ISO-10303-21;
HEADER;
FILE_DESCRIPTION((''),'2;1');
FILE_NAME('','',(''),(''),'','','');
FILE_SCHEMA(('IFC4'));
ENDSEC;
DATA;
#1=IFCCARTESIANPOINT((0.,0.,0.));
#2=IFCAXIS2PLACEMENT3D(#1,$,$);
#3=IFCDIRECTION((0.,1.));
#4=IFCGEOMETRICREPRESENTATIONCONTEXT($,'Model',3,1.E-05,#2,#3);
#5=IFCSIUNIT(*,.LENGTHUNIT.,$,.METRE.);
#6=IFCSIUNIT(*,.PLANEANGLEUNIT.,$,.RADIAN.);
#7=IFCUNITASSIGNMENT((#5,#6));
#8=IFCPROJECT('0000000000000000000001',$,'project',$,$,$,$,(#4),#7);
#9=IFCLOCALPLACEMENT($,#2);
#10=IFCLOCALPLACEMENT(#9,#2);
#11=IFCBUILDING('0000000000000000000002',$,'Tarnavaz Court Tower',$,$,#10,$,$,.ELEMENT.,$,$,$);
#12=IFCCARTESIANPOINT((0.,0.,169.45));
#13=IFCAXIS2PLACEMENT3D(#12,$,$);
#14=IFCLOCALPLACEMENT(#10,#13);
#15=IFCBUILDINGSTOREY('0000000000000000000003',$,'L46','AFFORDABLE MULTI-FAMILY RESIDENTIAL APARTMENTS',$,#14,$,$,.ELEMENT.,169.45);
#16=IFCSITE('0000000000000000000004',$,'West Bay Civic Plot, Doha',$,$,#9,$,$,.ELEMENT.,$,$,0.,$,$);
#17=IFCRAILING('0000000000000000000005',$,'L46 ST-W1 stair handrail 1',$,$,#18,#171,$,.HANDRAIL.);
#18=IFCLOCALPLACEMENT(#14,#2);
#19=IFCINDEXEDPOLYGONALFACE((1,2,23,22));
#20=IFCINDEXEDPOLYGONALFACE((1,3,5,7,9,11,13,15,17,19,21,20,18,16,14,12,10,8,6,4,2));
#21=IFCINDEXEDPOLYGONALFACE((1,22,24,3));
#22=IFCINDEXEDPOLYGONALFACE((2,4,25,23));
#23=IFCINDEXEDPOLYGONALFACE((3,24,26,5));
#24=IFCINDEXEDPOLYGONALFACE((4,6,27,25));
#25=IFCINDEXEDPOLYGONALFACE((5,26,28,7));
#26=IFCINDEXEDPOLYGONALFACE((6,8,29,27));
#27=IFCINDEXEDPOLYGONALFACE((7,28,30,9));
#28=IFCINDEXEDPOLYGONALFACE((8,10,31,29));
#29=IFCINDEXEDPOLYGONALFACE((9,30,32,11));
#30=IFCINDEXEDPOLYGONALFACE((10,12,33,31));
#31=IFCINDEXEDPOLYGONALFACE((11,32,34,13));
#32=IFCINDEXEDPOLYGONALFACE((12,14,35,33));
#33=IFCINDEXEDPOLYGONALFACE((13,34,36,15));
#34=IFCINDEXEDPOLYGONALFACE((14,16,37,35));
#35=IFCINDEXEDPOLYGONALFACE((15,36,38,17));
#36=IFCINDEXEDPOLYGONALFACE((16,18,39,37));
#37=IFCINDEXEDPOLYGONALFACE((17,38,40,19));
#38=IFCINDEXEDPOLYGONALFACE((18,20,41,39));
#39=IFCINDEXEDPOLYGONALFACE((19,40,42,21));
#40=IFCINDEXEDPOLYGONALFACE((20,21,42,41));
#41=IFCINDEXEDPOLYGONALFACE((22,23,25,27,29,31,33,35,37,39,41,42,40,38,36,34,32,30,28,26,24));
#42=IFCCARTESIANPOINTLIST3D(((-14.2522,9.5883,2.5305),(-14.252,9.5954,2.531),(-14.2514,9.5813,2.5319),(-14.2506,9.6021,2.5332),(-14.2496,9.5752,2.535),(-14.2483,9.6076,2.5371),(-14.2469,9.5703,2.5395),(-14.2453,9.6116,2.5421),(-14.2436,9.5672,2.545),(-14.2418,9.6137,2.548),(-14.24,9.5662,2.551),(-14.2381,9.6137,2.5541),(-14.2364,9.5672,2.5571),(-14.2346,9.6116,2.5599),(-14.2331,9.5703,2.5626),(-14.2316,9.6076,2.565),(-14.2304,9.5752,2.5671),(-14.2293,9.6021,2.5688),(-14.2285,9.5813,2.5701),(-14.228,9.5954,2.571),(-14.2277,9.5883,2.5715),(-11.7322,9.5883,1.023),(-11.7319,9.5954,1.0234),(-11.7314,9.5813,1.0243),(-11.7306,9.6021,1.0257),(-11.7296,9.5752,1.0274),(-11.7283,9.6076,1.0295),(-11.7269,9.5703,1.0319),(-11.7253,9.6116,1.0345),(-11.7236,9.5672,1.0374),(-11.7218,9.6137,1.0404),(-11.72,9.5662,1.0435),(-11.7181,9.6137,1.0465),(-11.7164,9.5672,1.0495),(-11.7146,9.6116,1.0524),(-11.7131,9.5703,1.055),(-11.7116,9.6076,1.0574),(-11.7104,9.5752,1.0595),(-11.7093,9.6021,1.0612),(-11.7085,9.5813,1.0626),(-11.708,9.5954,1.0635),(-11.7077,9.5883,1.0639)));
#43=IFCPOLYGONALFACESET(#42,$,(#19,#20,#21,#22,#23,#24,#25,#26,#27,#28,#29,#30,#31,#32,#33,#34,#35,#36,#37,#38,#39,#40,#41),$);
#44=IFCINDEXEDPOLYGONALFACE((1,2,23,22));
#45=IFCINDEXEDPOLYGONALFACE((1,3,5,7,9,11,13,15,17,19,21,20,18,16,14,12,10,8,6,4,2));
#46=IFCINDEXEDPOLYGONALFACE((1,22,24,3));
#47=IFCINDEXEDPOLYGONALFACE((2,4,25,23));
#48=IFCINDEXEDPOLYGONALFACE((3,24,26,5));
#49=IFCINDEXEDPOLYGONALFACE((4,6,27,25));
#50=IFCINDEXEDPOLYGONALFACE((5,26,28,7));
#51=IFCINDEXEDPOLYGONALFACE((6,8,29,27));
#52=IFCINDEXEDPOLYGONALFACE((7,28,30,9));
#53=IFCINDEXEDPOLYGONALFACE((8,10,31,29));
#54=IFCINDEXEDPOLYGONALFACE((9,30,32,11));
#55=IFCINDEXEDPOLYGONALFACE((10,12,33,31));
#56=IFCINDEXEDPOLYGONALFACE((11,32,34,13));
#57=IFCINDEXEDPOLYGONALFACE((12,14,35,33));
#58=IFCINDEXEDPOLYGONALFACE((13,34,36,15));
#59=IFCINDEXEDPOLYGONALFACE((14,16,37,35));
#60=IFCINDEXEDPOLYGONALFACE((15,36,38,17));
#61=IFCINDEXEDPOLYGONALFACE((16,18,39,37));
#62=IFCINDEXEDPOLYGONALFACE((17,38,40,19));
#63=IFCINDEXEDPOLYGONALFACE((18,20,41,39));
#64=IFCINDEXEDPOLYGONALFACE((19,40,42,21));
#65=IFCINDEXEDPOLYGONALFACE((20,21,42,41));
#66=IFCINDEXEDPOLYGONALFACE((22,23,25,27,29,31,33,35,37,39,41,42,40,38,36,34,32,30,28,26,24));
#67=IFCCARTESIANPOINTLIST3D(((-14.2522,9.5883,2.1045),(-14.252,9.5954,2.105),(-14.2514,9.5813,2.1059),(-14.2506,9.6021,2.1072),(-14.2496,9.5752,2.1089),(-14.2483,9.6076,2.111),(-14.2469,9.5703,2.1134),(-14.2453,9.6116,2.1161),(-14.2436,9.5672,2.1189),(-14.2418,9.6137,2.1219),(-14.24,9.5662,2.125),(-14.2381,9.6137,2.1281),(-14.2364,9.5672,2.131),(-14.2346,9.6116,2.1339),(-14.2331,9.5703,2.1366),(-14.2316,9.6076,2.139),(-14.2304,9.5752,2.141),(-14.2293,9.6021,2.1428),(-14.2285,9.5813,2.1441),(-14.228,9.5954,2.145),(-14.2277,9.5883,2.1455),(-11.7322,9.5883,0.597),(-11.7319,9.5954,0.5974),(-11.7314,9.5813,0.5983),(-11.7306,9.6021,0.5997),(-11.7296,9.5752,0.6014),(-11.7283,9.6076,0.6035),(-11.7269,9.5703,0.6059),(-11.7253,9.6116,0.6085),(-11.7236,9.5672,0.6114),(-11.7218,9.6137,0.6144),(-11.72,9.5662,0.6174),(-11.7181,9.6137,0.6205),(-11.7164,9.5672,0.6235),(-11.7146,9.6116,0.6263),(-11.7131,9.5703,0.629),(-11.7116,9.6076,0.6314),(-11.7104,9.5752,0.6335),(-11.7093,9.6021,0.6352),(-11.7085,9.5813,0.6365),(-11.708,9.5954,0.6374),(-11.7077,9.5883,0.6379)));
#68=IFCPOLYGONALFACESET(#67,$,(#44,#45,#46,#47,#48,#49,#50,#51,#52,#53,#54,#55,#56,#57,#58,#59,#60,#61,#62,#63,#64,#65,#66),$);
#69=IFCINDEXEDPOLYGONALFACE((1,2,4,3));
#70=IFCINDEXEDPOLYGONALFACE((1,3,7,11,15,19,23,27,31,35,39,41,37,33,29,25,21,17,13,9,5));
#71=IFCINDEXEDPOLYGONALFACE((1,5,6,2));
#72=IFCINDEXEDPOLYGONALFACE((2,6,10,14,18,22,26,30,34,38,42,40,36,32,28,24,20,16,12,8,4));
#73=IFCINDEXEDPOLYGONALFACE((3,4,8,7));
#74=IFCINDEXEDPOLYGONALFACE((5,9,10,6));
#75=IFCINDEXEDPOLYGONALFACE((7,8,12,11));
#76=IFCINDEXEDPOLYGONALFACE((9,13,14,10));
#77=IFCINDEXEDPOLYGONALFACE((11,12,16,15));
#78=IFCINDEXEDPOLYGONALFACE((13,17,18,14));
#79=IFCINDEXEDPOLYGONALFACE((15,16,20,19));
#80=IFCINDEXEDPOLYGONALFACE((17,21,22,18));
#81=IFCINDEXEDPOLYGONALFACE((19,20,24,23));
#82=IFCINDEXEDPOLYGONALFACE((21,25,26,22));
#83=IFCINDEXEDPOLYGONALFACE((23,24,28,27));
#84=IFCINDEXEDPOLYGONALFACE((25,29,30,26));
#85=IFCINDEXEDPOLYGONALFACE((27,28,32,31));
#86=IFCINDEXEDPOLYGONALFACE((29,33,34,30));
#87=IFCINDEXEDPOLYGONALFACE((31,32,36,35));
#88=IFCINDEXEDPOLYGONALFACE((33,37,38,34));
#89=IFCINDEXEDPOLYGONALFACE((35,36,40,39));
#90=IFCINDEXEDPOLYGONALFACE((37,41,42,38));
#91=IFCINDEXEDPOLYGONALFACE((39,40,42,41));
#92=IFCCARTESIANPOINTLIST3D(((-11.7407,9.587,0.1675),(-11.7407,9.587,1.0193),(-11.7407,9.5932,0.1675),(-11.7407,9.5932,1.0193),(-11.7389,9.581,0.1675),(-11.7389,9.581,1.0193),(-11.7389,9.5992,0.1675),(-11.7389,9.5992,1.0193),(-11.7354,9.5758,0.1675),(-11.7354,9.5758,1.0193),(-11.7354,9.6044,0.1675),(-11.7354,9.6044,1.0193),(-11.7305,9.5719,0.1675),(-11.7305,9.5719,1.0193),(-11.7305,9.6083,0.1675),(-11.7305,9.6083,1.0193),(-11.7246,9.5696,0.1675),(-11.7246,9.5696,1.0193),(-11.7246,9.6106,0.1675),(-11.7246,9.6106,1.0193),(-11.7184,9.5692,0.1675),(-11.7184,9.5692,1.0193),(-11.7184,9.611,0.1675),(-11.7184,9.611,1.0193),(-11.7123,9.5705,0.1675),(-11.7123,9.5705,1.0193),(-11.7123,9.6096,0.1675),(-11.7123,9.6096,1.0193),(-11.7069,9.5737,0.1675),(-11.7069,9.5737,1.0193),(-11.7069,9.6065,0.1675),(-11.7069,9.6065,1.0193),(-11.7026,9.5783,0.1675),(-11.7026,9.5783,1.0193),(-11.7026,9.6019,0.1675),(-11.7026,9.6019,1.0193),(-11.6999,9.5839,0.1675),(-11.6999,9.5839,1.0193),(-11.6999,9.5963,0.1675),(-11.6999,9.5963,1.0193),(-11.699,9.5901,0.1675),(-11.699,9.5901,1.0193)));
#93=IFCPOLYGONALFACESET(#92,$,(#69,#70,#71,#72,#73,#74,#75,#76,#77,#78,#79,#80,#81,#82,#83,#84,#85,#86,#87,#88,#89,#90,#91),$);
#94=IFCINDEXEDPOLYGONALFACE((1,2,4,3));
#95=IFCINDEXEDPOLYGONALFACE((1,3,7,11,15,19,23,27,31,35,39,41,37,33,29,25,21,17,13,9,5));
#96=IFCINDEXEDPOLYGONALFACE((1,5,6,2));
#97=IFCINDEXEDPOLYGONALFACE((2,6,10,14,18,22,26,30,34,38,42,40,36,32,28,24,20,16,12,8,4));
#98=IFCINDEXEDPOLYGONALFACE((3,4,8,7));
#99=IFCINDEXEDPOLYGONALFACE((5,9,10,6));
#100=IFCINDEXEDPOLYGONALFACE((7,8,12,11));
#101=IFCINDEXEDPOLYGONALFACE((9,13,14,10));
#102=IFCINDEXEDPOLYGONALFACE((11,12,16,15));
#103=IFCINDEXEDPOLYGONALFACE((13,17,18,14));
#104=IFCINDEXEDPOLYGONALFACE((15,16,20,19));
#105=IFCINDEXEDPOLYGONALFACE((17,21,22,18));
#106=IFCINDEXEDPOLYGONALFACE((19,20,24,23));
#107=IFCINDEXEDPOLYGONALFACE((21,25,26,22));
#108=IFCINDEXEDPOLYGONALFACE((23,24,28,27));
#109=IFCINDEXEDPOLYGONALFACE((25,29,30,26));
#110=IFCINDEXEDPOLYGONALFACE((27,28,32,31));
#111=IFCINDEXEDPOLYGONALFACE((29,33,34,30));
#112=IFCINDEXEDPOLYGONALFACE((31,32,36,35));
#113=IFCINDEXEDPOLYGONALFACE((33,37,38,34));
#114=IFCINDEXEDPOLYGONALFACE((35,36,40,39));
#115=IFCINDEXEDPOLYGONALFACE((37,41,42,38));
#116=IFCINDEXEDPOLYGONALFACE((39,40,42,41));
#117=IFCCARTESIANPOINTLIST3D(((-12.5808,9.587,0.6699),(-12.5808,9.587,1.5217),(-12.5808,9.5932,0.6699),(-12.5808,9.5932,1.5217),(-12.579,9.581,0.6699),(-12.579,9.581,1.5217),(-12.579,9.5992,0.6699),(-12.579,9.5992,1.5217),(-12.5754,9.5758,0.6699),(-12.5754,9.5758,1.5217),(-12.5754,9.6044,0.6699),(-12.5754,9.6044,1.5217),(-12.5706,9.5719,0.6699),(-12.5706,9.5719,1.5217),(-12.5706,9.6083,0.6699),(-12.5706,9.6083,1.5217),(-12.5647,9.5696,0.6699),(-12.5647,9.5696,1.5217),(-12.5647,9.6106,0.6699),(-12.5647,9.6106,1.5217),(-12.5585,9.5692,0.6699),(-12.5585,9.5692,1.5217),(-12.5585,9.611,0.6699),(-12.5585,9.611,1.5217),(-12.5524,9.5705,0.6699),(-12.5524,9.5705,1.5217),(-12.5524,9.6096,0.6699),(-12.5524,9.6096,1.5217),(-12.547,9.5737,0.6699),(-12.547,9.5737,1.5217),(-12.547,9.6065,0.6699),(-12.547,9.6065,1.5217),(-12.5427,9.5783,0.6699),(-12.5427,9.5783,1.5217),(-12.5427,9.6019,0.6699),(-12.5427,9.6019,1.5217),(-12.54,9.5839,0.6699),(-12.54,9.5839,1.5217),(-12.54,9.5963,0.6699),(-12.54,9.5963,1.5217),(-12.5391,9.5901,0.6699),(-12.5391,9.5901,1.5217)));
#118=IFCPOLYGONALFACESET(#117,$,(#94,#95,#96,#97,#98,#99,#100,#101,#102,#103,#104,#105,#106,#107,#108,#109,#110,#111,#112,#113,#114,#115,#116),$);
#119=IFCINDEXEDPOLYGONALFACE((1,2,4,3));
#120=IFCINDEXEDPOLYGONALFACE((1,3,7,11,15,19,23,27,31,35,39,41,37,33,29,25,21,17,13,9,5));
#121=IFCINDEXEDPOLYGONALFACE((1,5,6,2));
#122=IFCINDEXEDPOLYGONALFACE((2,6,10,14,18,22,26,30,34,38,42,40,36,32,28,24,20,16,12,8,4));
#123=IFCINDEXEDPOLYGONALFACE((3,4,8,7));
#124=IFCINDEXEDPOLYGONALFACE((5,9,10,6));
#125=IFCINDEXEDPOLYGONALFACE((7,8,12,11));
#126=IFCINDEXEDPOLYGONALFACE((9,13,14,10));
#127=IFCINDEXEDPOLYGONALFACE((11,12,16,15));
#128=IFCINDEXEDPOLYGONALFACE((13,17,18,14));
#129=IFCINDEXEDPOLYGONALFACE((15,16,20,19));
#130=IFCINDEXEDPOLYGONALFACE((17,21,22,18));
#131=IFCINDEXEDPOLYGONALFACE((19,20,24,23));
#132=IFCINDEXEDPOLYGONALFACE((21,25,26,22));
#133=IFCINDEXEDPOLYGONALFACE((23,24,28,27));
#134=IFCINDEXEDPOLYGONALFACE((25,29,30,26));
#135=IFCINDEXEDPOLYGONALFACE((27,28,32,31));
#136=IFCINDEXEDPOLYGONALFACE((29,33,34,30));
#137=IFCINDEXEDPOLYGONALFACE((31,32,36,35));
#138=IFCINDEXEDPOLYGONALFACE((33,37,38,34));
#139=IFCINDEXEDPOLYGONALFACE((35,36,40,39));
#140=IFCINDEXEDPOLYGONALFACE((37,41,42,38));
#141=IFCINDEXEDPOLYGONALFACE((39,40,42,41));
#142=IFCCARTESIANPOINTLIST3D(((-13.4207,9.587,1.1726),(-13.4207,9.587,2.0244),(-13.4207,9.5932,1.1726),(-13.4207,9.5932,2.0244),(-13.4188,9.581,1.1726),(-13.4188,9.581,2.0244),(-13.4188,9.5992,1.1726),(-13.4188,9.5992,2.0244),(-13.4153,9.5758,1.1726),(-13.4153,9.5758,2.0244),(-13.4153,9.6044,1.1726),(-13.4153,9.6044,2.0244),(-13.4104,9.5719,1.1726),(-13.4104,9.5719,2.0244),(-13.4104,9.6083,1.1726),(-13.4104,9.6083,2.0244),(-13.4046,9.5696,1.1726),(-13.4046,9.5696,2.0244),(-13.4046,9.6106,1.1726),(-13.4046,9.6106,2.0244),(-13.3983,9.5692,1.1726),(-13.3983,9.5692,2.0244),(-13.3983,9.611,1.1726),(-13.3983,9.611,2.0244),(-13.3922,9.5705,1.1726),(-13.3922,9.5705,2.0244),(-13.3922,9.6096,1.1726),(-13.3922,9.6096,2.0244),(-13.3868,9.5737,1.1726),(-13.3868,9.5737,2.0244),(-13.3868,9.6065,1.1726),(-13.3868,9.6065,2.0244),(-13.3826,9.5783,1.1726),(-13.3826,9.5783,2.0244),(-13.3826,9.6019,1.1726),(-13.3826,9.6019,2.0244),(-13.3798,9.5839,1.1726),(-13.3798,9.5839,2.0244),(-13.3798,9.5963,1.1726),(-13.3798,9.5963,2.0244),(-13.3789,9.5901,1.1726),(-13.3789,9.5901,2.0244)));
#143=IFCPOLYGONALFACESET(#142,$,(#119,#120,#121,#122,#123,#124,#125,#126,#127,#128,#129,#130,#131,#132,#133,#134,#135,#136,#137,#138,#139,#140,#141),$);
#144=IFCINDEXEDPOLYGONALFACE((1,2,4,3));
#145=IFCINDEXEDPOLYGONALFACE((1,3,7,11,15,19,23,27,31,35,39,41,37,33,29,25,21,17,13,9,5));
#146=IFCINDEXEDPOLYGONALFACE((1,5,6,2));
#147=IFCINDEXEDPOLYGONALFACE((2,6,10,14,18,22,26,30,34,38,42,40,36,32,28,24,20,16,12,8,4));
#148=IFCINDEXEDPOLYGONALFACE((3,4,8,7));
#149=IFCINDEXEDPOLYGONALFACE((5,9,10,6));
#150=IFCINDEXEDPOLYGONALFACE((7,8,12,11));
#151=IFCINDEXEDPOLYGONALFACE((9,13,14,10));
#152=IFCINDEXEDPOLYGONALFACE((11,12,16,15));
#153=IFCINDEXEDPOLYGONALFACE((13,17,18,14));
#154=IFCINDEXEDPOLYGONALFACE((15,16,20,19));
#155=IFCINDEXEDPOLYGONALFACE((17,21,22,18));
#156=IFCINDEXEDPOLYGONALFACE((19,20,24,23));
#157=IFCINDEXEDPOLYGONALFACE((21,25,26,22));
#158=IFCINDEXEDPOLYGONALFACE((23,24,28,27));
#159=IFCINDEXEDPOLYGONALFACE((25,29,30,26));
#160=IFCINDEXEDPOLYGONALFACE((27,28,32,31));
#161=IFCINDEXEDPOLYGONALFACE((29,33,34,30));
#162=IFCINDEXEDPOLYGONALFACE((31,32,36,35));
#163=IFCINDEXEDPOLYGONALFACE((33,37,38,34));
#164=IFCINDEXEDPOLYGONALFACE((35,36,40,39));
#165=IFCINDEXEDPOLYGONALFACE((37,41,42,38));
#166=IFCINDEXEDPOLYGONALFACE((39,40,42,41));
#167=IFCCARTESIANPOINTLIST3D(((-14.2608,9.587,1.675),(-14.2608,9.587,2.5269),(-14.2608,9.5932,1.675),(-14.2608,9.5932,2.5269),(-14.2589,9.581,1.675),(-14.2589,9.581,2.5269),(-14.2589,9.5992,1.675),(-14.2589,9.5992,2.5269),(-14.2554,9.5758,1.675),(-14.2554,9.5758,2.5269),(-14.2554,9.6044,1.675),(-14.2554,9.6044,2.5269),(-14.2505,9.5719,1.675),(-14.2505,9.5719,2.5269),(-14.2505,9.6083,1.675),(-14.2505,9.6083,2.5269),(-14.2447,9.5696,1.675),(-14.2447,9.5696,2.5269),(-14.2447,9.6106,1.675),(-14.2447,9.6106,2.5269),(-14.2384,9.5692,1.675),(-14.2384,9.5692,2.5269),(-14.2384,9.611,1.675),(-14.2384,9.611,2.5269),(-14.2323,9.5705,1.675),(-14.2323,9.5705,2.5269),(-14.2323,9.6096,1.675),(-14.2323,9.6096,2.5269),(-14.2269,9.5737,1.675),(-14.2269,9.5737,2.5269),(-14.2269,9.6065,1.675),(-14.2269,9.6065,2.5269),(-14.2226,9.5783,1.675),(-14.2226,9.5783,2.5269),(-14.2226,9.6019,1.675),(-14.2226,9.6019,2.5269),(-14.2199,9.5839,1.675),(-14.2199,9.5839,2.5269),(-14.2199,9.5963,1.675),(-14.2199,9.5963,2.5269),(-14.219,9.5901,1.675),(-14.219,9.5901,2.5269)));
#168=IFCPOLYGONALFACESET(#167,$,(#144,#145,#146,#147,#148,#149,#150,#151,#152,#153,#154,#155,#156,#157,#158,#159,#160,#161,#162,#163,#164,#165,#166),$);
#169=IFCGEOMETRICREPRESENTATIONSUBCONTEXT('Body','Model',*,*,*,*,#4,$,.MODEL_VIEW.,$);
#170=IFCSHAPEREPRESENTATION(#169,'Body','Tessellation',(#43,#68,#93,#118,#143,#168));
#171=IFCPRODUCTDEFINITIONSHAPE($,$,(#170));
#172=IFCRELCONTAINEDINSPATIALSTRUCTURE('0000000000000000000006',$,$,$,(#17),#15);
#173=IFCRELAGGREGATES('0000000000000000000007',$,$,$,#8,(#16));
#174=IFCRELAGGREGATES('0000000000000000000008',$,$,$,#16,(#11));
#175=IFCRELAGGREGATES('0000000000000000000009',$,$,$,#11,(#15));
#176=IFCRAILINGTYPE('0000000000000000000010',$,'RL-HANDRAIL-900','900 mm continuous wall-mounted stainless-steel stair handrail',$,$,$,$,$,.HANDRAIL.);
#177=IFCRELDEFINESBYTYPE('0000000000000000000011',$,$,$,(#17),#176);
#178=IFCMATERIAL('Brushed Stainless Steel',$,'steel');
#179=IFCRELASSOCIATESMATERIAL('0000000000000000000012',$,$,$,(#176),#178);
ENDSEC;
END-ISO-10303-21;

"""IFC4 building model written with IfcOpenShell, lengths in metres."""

from ifc_helpers import new_model, si_unit, direction, frame, origin, origin_2d, place, context, subcontext, project, spatial, circle, extrude, material, type_object, element, save


model = new_model("IFC4")

# Units and contexts
model_context = context("Model", 3, precision=1e-05, world=origin(), true_north=direction((0.0, 1.0)))
body_context = subcontext(model_context, "Body", "Model", "MODEL_VIEW")
ifc_project = project(units=[si_unit("LENGTHUNIT", "METRE"), si_unit("PLANEANGLEUNIT", "RADIAN")], contexts=[model_context])

# Site, building, storey
site_placement = place(None, origin())
site = spatial("IfcSite", under=ifc_project, at=site_placement, Name="West Bay Civic Plot, Doha", CompositionType="ELEMENT", RefElevation=0.0)
building_placement = place(site_placement, origin())
building = spatial("IfcBuilding", under=site, at=building_placement, Name="Tarnavaz Court Tower", CompositionType="ELEMENT")
storey_placement = place(building_placement, frame((0.0, 0.0, 169.45)))
storey = spatial("IfcBuildingStorey", under=building, at=storey_placement, Name="L46", Description="AFFORDABLE MULTI-FAMILY RESIDENTIAL APARTMENTS", CompositionType="ELEMENT", Elevation=169.45)

# Railing
ifc_material_1 = material(Name="Brushed Stainless Steel", Category="steel")
railing_type_1 = type_object("IfcRailingType", Name="RL-HANDRAIL-900", Description="900 mm continuous wall-mounted stainless-steel stair handrail", PredefinedType="HANDRAIL", material=ifc_material_1)
railing_1_placement = place(storey_placement, frame((-11.72, 9.5901, 0.1675)))
element("IfcRailing", 1, at=railing_1_placement, inside=storey, type_object=railing_type_1, Name="L46 ST-W1 stair handrail 1", PredefinedType="HANDRAIL", context=body_context, shape_type="SweptSolid", body=[
    extrude(circle(Radius=0.0239, at=origin_2d()), frame((0.0, 0.0, 0.876), z_axis=(-0.85816, 0.0, 0.513383), x_axis=(0.0, -1.0, 0.0)), (0.0, 0.0, 1.0), 2.9365),
    extrude(circle(Radius=0.0239, at=origin_2d()), frame((0.0, 0.0, 0.45), z_axis=(-0.85816, 0.0, 0.513383), x_axis=(0.0, -1.0, 0.0)), (0.0, 0.0, 1.0), 2.9365),
    extrude(circle(Radius=0.021, at=origin_2d()), origin(), (0.0, 0.0, 1.0), 0.8518),
    extrude(circle(Radius=0.021, at=origin_2d()), frame((-0.8401, 0.0, 0.5024)), (0.0, 0.0, 1.0), 0.8518),
    extrude(circle(Radius=0.021, at=origin_2d()), frame((-1.6799, 0.0, 1.0051)), (0.0, 0.0, 1.0), 0.8518),
    extrude(circle(Radius=0.021, at=origin_2d()), frame((-2.52, 0.0, 1.5076)), (0.0, 0.0, 1.0), 0.8518),
])

save(model, "model.ifc")
